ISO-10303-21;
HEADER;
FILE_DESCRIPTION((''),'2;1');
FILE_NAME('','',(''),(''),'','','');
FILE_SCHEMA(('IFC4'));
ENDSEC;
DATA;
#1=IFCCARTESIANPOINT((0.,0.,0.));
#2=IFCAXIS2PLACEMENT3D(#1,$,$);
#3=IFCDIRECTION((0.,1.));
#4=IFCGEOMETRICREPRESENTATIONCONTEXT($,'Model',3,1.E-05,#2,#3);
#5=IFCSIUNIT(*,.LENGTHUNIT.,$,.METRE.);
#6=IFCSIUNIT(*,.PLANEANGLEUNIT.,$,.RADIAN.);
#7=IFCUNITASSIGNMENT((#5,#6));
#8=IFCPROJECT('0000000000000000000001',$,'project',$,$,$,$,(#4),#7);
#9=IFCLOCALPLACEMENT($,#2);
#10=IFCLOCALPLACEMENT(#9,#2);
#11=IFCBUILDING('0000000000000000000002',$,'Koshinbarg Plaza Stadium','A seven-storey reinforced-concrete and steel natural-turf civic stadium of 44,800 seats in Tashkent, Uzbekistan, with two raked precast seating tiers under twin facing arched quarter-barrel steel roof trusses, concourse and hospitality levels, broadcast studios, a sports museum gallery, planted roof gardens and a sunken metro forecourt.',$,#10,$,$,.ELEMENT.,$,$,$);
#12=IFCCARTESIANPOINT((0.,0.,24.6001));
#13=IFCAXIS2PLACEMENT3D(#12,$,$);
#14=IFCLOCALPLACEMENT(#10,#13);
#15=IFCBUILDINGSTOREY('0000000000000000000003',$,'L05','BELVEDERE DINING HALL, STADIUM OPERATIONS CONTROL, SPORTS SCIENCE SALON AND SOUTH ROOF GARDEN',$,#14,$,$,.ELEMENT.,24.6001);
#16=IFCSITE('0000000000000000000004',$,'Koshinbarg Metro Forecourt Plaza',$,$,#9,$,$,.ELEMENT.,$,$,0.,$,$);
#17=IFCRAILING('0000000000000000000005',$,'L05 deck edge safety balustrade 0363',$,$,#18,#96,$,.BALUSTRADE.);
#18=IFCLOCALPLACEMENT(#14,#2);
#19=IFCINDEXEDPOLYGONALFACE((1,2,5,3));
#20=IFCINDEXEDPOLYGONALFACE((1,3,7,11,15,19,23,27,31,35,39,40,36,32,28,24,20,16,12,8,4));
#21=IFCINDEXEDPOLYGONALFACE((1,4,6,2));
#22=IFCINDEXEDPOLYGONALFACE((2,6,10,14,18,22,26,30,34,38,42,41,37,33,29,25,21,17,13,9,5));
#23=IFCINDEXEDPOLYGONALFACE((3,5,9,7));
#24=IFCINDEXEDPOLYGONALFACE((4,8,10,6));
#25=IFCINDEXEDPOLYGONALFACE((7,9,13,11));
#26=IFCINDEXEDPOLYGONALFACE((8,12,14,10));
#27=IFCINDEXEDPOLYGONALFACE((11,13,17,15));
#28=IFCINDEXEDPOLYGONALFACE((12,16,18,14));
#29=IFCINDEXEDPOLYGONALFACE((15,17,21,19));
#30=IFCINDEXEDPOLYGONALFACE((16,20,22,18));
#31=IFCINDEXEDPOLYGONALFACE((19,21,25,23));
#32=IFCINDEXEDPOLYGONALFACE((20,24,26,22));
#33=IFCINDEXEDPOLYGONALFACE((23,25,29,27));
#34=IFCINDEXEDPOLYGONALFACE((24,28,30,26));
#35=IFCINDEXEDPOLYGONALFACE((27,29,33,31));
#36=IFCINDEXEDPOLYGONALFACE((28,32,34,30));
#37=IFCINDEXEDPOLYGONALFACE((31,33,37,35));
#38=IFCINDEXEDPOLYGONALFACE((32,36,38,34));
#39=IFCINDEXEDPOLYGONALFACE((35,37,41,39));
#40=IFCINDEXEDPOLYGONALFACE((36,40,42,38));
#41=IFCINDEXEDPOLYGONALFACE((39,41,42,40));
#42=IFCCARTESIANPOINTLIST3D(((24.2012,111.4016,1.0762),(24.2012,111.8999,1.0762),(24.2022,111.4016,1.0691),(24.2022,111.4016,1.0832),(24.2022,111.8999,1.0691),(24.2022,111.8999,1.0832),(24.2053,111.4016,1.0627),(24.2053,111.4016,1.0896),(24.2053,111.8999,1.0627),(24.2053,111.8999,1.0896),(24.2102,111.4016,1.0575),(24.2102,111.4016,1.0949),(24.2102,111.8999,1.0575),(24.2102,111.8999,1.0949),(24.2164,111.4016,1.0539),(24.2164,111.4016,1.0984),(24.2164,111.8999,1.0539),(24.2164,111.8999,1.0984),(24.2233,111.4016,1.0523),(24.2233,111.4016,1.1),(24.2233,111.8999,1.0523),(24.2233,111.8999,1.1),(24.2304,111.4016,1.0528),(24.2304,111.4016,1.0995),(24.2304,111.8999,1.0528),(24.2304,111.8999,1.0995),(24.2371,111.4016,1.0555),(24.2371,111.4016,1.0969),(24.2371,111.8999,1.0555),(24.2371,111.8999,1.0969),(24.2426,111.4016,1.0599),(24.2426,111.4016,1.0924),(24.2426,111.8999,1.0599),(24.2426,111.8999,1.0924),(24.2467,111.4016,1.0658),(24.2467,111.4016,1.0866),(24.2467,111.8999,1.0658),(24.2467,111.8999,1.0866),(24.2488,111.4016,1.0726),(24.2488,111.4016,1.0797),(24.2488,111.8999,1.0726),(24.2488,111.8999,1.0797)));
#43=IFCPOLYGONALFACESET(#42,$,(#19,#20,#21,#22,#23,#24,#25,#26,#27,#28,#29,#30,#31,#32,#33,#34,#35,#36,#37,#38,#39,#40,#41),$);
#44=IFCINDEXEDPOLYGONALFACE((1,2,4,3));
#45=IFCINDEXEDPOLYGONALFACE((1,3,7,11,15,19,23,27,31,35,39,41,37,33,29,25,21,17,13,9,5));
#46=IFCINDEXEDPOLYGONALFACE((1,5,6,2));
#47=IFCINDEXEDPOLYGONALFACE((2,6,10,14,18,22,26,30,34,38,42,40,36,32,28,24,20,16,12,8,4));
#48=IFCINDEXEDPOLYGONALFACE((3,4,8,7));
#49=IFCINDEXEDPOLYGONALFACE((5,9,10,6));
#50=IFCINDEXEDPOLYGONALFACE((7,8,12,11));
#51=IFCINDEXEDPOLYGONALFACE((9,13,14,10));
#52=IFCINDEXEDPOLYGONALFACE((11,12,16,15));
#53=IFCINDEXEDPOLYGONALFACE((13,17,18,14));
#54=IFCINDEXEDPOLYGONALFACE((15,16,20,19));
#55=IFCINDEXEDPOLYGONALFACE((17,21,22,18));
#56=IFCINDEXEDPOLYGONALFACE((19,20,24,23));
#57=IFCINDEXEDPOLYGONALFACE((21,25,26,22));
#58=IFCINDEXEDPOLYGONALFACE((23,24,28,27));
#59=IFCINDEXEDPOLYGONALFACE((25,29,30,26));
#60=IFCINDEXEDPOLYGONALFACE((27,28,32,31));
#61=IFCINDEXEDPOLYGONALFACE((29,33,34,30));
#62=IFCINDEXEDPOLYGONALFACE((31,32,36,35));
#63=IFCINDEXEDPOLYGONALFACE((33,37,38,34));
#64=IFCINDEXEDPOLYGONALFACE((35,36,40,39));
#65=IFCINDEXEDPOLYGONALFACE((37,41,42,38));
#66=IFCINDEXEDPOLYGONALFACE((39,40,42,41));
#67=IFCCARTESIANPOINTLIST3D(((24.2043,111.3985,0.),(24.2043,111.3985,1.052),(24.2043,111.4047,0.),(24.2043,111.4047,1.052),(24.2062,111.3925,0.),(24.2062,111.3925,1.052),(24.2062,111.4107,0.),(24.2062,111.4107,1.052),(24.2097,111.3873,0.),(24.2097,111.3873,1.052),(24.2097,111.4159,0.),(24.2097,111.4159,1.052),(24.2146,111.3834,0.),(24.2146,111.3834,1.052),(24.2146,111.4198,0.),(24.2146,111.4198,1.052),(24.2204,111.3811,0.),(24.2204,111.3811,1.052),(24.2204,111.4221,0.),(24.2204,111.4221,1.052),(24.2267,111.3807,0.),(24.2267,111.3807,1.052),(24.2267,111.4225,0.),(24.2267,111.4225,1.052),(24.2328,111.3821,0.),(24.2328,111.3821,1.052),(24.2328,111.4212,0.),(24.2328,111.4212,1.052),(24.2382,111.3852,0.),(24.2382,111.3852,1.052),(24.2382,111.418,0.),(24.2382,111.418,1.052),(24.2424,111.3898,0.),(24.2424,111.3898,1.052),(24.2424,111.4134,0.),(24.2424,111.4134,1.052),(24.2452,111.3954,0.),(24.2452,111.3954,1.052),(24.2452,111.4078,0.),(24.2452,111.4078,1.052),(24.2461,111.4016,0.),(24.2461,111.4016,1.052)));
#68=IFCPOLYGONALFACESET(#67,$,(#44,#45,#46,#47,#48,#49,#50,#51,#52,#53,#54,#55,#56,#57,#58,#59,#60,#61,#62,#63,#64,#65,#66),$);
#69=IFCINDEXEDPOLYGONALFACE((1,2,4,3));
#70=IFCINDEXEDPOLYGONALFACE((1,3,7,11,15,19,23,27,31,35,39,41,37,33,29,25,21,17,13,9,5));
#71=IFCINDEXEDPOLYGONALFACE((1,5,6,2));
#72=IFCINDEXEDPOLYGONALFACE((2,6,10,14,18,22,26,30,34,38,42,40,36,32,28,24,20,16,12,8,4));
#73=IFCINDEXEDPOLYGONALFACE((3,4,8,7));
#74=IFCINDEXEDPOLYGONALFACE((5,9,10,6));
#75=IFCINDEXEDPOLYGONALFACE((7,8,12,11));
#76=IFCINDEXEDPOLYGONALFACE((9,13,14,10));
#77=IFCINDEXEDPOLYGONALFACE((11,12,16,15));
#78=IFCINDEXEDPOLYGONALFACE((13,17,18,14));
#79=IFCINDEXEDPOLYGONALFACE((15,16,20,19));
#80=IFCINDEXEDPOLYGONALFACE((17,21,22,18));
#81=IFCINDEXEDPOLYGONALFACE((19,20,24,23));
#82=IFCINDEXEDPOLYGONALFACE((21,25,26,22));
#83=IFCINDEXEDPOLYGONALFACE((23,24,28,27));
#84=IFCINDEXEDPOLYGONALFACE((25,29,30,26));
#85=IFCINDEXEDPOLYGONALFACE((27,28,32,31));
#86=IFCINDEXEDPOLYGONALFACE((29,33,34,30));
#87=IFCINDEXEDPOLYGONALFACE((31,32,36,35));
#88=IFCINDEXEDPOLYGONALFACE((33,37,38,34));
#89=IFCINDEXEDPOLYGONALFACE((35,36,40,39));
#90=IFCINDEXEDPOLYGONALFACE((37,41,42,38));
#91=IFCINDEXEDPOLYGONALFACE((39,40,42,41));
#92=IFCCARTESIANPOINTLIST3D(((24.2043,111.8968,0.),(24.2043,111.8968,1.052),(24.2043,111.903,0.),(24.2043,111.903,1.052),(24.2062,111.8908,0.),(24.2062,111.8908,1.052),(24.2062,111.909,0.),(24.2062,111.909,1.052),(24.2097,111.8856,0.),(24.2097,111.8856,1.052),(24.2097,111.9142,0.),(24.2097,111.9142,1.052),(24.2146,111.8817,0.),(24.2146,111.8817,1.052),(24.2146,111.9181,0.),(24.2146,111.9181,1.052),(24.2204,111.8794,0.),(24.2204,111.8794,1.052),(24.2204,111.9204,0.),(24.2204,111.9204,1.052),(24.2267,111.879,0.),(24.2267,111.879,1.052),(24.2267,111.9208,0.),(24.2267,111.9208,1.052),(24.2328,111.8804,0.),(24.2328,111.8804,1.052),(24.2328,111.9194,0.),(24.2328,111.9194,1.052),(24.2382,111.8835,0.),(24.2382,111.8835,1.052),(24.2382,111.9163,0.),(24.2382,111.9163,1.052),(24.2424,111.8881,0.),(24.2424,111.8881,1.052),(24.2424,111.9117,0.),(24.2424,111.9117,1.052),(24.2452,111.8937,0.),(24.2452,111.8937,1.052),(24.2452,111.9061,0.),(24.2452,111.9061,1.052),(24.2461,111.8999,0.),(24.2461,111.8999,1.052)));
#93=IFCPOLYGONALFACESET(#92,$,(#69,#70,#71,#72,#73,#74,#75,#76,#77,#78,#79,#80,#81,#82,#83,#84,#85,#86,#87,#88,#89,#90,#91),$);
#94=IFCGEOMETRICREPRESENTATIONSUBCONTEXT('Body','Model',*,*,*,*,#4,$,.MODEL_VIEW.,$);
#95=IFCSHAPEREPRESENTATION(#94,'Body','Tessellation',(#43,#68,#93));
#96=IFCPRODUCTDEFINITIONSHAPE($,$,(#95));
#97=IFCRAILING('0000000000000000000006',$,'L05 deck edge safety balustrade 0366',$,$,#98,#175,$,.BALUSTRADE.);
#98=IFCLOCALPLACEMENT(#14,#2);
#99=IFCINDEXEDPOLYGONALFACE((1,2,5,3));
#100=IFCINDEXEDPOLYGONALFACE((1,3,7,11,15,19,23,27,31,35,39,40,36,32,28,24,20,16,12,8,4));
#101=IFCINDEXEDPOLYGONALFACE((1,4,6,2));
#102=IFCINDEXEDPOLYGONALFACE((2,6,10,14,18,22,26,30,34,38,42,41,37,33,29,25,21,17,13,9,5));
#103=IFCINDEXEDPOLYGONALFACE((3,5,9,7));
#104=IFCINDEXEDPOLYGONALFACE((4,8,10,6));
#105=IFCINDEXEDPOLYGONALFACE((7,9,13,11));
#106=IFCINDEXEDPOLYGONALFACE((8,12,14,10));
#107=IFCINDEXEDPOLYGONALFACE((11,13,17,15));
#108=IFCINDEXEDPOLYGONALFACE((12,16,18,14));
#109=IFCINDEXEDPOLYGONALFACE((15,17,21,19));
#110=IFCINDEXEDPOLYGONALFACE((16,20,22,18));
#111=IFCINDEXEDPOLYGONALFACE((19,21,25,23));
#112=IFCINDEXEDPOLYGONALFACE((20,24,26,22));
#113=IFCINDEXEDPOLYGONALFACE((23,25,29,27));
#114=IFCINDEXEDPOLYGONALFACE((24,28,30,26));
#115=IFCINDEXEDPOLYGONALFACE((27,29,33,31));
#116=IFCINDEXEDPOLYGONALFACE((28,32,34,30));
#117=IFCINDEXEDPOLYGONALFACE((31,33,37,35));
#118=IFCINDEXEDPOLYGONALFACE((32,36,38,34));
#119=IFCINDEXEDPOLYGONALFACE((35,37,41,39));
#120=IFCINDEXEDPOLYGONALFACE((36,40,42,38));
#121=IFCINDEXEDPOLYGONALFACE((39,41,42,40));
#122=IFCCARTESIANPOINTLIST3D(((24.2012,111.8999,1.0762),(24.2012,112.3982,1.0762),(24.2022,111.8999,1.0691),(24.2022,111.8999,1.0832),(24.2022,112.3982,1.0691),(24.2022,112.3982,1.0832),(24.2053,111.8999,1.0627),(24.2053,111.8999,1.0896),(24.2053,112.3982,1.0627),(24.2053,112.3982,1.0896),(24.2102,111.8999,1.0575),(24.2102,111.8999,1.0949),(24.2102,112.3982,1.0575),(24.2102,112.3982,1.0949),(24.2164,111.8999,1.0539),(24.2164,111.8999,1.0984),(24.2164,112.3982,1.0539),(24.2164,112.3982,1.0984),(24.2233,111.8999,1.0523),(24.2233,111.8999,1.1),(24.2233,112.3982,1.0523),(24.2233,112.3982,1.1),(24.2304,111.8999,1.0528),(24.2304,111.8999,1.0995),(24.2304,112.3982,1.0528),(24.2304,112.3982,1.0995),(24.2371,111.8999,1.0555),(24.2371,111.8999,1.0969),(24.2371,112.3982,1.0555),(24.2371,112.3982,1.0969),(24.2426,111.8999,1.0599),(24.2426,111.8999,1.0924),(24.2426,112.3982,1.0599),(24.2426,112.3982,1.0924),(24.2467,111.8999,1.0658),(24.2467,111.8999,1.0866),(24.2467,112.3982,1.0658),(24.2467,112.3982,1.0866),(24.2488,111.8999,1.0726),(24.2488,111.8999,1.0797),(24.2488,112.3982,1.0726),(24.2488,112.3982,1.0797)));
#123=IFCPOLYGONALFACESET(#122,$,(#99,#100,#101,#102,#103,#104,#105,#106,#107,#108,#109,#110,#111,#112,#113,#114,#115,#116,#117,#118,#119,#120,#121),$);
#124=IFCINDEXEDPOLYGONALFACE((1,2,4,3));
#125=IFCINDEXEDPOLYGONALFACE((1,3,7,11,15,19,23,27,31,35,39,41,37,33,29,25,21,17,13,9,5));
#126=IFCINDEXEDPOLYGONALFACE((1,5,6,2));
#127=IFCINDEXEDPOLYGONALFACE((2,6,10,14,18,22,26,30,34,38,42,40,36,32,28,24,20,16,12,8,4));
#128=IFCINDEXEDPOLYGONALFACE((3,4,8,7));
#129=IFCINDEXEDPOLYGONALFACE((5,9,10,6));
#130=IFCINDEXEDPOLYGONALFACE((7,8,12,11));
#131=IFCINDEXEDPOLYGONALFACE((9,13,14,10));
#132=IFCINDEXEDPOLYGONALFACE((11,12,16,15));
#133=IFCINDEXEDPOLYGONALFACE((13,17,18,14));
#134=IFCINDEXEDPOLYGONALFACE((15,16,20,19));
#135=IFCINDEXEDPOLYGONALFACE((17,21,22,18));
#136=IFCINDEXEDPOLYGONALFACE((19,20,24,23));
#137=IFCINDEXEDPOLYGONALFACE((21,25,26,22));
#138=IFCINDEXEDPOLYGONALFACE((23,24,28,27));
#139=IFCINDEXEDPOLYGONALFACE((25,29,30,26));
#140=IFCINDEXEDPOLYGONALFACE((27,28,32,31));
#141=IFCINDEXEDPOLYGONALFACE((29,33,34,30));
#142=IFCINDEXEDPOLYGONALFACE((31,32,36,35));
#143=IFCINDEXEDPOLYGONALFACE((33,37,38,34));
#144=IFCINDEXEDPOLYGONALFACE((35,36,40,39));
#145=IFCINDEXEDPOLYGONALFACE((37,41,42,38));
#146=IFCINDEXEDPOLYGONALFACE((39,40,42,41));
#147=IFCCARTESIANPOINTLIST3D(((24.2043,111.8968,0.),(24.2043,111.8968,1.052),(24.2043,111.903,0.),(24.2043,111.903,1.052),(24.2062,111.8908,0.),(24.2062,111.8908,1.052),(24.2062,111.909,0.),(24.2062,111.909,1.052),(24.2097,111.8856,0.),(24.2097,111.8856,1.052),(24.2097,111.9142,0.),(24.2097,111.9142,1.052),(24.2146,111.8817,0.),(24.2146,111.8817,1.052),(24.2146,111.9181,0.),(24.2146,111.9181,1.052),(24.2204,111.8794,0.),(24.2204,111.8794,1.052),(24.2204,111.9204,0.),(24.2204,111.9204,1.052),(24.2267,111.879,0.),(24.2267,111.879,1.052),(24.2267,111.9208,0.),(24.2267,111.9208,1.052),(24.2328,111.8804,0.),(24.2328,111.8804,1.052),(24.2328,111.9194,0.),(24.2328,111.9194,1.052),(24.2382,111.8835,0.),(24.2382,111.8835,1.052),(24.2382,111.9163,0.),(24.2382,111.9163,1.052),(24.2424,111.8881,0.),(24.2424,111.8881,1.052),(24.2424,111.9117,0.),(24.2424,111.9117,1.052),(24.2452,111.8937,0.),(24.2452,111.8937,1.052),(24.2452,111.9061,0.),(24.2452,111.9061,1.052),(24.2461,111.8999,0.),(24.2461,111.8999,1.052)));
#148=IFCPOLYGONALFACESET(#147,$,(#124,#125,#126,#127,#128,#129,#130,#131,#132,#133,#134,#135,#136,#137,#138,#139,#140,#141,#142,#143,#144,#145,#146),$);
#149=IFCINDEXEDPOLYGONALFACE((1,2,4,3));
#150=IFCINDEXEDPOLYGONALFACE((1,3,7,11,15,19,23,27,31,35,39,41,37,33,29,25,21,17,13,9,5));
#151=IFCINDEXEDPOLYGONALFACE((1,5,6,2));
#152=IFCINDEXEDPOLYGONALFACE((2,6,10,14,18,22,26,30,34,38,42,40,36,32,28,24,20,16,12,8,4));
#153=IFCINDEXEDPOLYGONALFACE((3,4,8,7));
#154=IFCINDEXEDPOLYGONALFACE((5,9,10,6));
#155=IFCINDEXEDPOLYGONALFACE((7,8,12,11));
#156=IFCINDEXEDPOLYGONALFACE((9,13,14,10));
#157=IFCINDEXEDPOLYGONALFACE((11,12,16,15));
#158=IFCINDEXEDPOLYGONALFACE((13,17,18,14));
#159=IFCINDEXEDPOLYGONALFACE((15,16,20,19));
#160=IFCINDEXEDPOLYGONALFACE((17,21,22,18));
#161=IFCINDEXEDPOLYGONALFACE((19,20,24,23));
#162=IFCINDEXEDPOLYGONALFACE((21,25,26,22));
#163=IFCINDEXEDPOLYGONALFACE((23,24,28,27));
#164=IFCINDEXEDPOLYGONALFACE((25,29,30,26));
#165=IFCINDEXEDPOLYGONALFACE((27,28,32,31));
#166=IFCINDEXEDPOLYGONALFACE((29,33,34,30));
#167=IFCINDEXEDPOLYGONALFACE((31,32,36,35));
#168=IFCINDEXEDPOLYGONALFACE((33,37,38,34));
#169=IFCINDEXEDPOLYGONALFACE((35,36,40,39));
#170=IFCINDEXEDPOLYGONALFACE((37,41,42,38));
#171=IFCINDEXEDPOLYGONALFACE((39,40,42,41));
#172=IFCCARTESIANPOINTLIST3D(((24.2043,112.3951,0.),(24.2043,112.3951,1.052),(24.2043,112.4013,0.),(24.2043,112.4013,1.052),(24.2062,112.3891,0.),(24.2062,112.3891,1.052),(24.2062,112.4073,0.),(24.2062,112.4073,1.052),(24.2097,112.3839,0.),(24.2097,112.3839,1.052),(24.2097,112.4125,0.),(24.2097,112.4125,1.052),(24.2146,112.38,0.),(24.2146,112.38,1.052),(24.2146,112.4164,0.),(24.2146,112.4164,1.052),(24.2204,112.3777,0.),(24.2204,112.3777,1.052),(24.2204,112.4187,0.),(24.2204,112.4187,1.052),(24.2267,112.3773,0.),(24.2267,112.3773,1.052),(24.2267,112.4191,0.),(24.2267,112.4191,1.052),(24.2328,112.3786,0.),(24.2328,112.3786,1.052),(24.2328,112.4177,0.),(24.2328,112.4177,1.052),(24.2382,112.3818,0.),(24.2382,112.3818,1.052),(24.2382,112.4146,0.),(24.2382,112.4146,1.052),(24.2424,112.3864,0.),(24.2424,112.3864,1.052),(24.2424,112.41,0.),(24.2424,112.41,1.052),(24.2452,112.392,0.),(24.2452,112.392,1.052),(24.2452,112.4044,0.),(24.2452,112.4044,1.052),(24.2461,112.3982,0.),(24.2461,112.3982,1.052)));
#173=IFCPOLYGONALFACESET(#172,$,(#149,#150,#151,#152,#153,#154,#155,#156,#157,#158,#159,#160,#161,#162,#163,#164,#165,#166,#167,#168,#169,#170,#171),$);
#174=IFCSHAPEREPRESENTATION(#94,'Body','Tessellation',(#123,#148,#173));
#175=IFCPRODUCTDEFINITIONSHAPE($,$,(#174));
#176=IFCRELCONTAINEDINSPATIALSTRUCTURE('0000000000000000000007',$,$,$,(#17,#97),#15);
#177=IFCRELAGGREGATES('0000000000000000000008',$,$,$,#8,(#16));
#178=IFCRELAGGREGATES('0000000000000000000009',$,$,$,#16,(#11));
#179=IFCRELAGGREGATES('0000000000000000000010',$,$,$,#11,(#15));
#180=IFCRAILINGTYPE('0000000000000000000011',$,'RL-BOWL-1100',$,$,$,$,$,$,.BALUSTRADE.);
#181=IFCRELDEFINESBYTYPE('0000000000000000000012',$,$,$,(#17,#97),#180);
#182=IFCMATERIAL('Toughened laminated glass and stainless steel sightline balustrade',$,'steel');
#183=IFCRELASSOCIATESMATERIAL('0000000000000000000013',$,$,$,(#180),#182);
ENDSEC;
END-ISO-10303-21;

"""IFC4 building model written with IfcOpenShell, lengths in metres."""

from ifc_helpers import new_model, si_unit, direction, frame, origin, origin_2d, place, context, subcontext, project, spatial, circle, extrude, material, type_object, element, save


model = new_model("IFC4")

# Units and contexts
model_context = context("Model", 3, precision=1e-05, world=origin(), true_north=direction((0.0, 1.0)))
body_context = subcontext(model_context, "Body", "Model", "MODEL_VIEW")
ifc_project = project(units=[si_unit("LENGTHUNIT", "METRE"), si_unit("PLANEANGLEUNIT", "RADIAN")], contexts=[model_context])

# Site, building, storey
site_placement = place(None, origin())
site = spatial("IfcSite", under=ifc_project, at=site_placement, Name="Koshinbarg Metro Forecourt Plaza", CompositionType="ELEMENT", RefElevation=0.0)
building_placement = place(site_placement, origin())
building = spatial("IfcBuilding", under=site, at=building_placement, Name="Koshinbarg Plaza Stadium", Description="A seven-storey reinforced-concrete and steel natural-turf civic stadium of 44,800 seats in Tashkent, Uzbekistan, with two raked precast seating tiers under twin facing arched quarter-barrel steel roof trusses, concourse and hospitality levels, broadcast studios, a sports museum gallery, planted roof gardens and a sunken metro forecourt.", CompositionType="ELEMENT")
storey_placement = place(building_placement, frame((0.0, 0.0, 24.6001)))
storey = spatial("IfcBuildingStorey", under=building, at=storey_placement, Name="L05", Description="BELVEDERE DINING HALL, STADIUM OPERATIONS CONTROL, SPORTS SCIENCE SALON AND SOUTH ROOF GARDEN", CompositionType="ELEMENT", Elevation=24.6001)

# Railings
ifc_material_1 = material(Name="Toughened laminated glass and stainless steel sightline balustrade", Category="steel")
railing_type_1 = type_object("IfcRailingType", Name="RL-BOWL-1100", PredefinedType="BALUSTRADE", material=ifc_material_1)
for number, where, name in (
    (1, (24.2251, 111.4016, 0.0), "L05 deck edge safety balustrade 0363"),
    (2, (24.2251, 111.8999, 0.0), "L05 deck edge safety balustrade 0366"),
):
    element("IfcRailing", number, at=place(storey_placement, frame(where)), inside=storey, type_object=railing_type_1, Name=name, PredefinedType="BALUSTRADE", context=body_context, shape_type="SweptSolid", body=[
        extrude(circle(Radius=0.0239, at=origin_2d()), frame((0.0, 0.0, 1.0762), z_axis=(0.0, 1.0, 0.0), x_axis=(-1.0, 0.0, 0.0)), (0.0, 0.0, 1.0), 0.4983),
        extrude(circle(Radius=0.021, at=origin_2d()), origin(), (0.0, 0.0, 1.0), 1.052),
        extrude(circle(Radius=0.021, at=origin_2d()), frame((0.0, 0.4983, 0.0)), (0.0, 0.0, 1.0), 1.052),
    ])

save(model, "model.ifc")
